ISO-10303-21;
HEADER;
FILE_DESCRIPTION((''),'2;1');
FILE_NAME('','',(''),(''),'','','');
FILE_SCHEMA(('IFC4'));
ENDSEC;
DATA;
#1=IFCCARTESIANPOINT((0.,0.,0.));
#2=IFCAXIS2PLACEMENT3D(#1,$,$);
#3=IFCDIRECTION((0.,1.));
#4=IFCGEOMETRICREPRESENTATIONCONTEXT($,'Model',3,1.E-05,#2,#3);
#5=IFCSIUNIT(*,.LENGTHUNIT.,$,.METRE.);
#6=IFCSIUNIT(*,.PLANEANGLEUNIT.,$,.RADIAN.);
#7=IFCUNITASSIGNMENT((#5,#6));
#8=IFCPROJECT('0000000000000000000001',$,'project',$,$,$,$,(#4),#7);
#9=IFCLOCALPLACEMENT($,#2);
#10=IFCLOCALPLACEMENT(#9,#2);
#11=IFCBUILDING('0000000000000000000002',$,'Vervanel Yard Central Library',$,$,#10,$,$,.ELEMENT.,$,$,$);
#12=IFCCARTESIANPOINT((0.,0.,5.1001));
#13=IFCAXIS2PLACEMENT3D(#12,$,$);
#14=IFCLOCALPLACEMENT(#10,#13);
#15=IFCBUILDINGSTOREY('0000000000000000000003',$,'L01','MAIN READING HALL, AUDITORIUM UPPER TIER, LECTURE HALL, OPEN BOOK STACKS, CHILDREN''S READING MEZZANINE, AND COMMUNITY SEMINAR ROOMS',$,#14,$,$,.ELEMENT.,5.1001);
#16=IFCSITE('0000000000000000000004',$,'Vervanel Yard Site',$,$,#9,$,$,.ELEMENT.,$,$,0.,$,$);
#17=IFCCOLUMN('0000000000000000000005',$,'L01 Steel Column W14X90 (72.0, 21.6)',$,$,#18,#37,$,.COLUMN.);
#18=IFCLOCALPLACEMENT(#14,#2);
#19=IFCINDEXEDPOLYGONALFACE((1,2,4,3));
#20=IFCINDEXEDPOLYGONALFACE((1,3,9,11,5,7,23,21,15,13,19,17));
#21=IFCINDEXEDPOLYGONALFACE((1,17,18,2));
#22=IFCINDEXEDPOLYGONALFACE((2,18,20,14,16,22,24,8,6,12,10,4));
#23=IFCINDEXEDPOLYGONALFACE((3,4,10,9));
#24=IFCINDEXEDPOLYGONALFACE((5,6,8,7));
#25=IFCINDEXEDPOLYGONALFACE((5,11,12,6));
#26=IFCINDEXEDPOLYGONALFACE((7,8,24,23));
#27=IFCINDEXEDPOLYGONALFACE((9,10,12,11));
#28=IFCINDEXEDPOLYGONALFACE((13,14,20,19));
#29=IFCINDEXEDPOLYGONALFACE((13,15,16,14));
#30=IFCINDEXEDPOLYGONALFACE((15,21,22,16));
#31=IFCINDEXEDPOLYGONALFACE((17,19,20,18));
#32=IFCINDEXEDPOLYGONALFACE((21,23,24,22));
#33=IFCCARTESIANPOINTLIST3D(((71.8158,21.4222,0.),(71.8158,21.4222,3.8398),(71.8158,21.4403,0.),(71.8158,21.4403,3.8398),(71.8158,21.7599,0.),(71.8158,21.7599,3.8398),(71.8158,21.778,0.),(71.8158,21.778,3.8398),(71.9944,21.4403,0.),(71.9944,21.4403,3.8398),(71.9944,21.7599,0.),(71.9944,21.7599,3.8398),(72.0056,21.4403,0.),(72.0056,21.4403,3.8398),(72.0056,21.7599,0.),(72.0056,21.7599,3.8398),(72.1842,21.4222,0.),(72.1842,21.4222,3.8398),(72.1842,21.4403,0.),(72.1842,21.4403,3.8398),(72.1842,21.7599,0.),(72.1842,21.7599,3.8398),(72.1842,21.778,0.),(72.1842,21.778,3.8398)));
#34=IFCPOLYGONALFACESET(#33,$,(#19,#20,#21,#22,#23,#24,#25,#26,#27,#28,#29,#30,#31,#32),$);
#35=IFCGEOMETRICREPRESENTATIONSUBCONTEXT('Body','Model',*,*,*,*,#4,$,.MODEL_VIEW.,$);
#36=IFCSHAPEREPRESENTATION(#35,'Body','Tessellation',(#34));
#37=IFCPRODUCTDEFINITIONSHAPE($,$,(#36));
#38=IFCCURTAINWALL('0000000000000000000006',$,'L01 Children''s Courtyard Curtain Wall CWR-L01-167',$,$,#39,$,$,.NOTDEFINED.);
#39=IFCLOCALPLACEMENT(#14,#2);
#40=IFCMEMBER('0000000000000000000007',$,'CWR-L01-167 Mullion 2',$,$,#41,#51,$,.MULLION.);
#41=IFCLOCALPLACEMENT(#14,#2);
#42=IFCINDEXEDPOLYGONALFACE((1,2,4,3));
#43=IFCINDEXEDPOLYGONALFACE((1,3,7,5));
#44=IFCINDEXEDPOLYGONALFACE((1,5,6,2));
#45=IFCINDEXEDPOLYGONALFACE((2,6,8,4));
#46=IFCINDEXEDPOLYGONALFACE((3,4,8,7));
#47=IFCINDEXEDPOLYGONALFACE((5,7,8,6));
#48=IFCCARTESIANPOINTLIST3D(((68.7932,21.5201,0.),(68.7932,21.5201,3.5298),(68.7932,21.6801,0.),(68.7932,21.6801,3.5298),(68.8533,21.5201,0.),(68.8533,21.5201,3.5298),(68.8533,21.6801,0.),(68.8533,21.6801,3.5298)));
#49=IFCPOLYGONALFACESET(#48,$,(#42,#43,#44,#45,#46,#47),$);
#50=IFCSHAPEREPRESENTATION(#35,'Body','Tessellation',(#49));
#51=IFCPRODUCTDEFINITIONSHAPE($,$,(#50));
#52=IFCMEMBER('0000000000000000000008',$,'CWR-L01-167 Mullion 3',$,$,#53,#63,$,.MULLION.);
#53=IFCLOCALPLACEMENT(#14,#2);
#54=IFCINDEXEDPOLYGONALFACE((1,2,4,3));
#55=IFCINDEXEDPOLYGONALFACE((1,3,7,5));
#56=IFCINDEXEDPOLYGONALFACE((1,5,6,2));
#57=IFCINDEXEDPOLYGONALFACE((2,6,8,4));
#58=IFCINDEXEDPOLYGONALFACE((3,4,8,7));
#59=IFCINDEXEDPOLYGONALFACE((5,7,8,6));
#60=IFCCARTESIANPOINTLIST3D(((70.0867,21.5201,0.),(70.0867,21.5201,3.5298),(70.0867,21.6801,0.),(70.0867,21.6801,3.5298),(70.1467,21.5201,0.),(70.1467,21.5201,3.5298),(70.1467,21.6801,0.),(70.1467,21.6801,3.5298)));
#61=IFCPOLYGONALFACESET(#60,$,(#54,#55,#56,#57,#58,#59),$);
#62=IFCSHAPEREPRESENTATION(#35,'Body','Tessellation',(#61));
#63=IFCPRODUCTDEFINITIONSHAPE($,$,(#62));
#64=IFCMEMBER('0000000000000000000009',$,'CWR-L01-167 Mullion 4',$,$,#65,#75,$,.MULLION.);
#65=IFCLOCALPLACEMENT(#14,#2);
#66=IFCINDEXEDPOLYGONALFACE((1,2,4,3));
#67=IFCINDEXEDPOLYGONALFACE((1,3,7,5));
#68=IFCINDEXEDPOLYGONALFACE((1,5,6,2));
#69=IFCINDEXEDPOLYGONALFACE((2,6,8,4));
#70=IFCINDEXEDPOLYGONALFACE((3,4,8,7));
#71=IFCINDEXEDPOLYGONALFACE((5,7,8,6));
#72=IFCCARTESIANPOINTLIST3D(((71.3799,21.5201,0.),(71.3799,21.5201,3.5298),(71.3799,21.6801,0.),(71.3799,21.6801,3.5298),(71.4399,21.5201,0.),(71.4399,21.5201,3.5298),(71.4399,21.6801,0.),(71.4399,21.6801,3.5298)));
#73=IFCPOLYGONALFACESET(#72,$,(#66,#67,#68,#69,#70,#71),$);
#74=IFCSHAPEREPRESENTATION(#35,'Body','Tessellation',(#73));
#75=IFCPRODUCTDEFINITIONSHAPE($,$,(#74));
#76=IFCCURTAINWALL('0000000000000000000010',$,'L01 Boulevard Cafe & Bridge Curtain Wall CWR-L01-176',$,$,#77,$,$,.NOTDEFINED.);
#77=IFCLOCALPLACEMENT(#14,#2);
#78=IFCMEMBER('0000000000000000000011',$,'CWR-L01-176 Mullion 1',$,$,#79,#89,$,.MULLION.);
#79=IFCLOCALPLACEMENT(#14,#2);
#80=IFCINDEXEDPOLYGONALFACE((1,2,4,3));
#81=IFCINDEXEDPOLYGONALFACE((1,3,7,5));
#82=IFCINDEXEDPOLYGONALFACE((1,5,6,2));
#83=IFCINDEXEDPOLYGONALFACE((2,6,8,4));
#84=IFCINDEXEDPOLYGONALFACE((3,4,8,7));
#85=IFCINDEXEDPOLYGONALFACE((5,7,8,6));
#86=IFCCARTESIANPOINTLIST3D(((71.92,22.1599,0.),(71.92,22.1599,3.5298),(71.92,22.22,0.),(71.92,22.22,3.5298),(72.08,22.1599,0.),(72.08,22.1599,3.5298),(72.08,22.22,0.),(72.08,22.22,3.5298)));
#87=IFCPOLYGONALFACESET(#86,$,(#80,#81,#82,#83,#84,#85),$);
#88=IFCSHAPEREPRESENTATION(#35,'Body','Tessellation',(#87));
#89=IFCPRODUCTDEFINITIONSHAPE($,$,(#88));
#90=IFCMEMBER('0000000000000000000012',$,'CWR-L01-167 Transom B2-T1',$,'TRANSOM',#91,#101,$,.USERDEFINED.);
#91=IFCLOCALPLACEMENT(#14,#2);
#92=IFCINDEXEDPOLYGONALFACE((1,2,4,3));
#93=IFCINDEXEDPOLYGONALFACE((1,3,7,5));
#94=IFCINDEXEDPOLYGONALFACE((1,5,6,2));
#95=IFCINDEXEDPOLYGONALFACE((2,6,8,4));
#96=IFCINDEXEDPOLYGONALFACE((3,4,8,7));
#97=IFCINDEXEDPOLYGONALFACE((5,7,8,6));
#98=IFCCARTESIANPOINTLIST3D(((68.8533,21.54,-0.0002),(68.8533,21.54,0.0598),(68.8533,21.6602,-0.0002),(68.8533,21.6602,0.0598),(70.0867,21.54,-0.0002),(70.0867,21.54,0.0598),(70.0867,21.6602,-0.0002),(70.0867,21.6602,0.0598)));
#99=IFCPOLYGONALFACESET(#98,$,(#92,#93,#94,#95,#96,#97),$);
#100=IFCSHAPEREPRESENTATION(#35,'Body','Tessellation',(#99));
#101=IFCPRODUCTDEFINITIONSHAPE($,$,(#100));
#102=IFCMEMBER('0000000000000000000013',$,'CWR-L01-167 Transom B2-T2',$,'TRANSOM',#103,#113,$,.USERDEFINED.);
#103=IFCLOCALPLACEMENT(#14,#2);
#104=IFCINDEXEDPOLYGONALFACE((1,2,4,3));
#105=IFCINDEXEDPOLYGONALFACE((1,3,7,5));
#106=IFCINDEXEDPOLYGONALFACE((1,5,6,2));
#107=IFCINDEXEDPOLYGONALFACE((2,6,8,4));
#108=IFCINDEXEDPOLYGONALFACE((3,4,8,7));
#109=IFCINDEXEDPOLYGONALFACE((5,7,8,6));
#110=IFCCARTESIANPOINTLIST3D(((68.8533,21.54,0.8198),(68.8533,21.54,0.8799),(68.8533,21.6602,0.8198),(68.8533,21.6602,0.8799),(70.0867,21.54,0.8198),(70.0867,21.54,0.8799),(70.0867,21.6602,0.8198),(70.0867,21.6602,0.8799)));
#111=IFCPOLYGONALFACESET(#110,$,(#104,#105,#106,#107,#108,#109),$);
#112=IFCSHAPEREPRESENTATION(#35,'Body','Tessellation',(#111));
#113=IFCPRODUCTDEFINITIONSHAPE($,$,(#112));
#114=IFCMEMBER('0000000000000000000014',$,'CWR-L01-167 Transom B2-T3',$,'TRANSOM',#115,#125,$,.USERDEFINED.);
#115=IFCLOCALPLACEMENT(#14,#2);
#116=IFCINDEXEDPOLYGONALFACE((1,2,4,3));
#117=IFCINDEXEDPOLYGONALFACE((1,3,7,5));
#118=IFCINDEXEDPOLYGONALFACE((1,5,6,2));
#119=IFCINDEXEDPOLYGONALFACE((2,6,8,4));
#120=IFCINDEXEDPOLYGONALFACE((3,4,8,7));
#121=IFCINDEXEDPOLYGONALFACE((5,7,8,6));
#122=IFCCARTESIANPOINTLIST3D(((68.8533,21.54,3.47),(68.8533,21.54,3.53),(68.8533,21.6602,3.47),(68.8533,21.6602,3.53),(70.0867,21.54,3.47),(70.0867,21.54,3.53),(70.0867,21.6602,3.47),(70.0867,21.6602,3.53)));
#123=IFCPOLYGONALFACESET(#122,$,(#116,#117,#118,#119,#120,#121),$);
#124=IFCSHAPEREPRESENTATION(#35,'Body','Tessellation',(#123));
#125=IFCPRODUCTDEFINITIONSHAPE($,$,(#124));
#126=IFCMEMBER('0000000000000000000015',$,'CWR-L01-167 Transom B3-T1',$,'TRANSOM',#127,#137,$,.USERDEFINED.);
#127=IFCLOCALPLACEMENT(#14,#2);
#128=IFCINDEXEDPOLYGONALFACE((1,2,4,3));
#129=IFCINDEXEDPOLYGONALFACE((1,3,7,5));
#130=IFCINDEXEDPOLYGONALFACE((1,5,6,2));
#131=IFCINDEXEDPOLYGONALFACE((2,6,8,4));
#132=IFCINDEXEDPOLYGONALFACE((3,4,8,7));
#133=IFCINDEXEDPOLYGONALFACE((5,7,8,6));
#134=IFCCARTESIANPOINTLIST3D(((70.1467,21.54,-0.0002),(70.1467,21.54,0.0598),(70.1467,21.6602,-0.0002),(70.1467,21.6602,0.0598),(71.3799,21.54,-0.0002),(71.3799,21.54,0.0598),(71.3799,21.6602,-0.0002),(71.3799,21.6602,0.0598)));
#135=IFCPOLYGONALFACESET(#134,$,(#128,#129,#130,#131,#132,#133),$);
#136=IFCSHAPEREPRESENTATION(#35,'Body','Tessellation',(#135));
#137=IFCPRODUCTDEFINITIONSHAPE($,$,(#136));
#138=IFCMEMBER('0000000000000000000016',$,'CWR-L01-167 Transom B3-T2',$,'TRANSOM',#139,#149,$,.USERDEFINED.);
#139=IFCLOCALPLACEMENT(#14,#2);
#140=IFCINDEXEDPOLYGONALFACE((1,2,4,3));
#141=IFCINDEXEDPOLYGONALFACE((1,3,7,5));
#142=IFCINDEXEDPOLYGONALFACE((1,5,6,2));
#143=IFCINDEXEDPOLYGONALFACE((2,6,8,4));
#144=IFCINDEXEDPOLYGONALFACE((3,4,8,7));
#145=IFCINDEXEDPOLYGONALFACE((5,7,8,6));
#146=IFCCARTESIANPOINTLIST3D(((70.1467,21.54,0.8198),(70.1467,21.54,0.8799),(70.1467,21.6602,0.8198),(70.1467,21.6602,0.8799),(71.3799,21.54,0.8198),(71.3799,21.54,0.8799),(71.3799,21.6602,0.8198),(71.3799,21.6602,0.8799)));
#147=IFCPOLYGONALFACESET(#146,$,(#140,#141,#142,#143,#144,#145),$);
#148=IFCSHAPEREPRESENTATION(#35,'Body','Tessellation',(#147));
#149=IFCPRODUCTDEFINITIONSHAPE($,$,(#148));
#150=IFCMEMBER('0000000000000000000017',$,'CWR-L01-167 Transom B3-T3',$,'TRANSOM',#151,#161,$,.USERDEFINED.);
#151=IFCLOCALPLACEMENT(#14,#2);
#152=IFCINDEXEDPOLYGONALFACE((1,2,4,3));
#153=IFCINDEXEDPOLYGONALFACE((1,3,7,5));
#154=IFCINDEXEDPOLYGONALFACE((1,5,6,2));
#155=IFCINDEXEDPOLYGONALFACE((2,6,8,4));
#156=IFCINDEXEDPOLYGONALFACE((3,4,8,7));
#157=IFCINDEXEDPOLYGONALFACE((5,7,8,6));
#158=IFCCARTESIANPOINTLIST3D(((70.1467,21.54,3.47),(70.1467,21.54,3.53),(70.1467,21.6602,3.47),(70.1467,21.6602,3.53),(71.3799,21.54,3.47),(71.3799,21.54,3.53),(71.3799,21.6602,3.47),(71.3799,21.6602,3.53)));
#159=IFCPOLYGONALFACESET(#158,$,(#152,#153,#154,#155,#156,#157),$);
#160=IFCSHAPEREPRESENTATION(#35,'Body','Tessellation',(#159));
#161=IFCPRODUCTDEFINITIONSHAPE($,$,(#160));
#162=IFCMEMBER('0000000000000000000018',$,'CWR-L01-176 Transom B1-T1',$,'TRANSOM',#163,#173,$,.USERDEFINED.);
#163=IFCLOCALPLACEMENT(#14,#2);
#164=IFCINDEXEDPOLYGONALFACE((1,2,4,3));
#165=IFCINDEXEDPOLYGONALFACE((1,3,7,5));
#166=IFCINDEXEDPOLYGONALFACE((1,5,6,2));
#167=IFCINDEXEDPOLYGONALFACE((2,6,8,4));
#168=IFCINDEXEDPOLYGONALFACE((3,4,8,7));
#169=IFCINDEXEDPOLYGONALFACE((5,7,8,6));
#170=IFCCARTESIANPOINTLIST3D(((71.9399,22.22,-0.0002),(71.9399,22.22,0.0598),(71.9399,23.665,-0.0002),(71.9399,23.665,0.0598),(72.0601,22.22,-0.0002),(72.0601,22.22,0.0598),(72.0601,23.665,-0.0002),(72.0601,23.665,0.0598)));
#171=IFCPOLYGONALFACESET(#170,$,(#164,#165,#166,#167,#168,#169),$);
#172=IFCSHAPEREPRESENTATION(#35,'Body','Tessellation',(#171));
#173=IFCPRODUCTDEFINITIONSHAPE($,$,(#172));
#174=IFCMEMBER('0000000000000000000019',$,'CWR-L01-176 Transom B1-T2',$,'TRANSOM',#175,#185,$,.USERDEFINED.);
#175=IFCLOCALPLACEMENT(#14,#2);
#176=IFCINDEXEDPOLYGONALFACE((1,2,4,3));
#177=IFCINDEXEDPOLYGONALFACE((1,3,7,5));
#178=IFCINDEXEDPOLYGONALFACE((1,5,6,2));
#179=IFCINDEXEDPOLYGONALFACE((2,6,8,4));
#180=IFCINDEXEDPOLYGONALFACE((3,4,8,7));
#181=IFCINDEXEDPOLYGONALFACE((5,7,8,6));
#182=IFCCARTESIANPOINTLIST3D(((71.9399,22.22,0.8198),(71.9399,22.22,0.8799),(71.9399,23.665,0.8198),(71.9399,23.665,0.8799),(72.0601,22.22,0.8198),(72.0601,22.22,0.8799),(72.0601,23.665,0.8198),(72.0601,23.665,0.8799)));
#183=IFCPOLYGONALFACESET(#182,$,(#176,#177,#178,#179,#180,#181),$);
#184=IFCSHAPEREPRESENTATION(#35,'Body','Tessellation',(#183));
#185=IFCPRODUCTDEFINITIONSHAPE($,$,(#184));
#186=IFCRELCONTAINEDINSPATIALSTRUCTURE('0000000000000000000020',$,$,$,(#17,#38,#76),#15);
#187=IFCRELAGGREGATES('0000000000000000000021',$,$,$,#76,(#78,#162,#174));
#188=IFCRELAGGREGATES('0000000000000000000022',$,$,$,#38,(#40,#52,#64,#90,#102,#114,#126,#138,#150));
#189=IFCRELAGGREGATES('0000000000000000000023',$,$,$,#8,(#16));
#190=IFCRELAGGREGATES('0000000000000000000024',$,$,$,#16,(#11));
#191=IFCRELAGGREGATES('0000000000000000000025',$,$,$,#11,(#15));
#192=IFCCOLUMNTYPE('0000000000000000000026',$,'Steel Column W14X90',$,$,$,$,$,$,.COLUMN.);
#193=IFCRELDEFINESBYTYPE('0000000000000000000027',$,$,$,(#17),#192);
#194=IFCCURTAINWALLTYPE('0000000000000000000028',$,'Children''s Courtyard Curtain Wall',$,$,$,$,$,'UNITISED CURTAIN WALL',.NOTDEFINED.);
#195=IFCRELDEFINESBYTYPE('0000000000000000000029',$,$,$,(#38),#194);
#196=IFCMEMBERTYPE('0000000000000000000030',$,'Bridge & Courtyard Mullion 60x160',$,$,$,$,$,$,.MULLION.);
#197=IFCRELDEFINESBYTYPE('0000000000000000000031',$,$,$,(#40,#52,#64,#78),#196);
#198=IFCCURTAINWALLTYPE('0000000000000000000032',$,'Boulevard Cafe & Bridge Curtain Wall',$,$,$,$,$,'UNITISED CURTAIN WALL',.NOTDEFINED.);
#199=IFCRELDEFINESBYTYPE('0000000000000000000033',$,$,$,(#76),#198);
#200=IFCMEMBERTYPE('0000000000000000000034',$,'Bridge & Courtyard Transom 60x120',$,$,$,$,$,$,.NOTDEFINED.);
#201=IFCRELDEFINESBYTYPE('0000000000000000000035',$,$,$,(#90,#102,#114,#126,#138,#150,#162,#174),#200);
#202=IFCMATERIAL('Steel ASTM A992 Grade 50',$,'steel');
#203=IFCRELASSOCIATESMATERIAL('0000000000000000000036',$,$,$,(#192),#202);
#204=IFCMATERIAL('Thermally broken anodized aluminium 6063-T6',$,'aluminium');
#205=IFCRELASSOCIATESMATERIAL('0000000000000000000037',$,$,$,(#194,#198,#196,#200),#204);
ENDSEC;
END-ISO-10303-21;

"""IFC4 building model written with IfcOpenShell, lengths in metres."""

from ifc_helpers import new_model, si_unit, direction, frame, origin, origin_2d, place, context, subcontext, project, spatial, rectangle, i_section, extrude, material, material_profile, profile_set, type_object, element, aggregate, save


model = new_model("IFC4")

# Units and contexts
model_context = context("Model", 3, precision=1e-05, world=origin(), true_north=direction((0.0, 1.0)))
body_context = subcontext(model_context, "Body", "Model", "MODEL_VIEW")
ifc_project = project(units=[si_unit("LENGTHUNIT", "METRE"), si_unit("PLANEANGLEUNIT", "RADIAN")], contexts=[model_context])

# Site, building, storey
site_placement = place(None, origin())
site = spatial("IfcSite", under=ifc_project, at=site_placement, Name="Vervanel Yard Site", CompositionType="ELEMENT", RefElevation=0.0)
building_placement = place(site_placement, origin())
building = spatial("IfcBuilding", under=site, at=building_placement, Name="Vervanel Yard Central Library", CompositionType="ELEMENT")
storey_placement = place(building_placement, frame((0.0, 0.0, 5.1001)))
storey = spatial("IfcBuildingStorey", under=building, at=storey_placement, Name="L01", Description="MAIN READING HALL, AUDITORIUM UPPER TIER, LECTURE HALL, OPEN BOOK STACKS, CHILDREN'S READING MEZZANINE, AND COMMUNITY SEMINAR ROOMS", CompositionType="ELEMENT", Elevation=5.1001)

# Column
ifc_material_1 = material(Name="Steel ASTM A992 Grade 50", Category="steel")
ifc_material_profile_1 = material_profile(ifc_material_1, i_section(OverallWidth=0.3684, OverallDepth=0.3557, WebThickness=0.0112, FlangeThickness=0.0181, at=origin_2d()), Name="W14X90", Category="steel")
ifc_profile_set_1 = profile_set([ifc_material_profile_1], Name="Steel ASTM A992 Grade 50")
column_type = type_object("IfcColumnType", Name="Steel Column W14X90", PredefinedType="COLUMN", material=ifc_profile_set_1)
column_placement = place(storey_placement, frame((72.0, 21.6001, 0.0), z_axis=(0.0, 0.0, 1.0), x_axis=(1.0, 0.0, 0.0)))
element("IfcColumn", 1, at=column_placement, inside=storey, type_object=column_type, Name="L01 Steel Column W14X90 (72.0, 21.6)", PredefinedType="COLUMN", context=body_context, shape_type="SweptSolid", body=[
    extrude(i_section(OverallWidth=0.3684, OverallDepth=0.3557, WebThickness=0.0112, FlangeThickness=0.0181, at=origin_2d()), origin(), (0.0, 0.0, 1.0), 3.8398),
])

# Curtain wall, members
ifc_material_2 = material(Name="Thermally broken anodized aluminium 6063-T6", Category="aluminium")
curtain_wall_type_1 = type_object("IfcCurtainWallType", Name="Children's Courtyard Curtain Wall", ElementType="UNITISED CURTAIN WALL", PredefinedType="NOTDEFINED", material=ifc_material_2)
curtain_wall_1_placement = place(storey_placement, origin())
curtain_wall_1 = element("IfcCurtainWall", 2, at=curtain_wall_1_placement, inside=storey, type_object=curtain_wall_type_1, Name="L01 Children's Courtyard Curtain Wall CWR-L01-167", PredefinedType="NOTDEFINED")
ifc_material_profile_2 = material_profile(ifc_material_2, rectangle(XDim=0.0601, YDim=0.1599, at=origin_2d()), Name="ALU 60x160", Category="aluminium")
ifc_profile_set_2 = profile_set([ifc_material_profile_2], Name="Thermally broken anodized aluminium 6063-T6")
member_type_1 = type_object("IfcMemberType", Name="Bridge & Courtyard Mullion 60x160", PredefinedType="MULLION", material=ifc_profile_set_2)
member_1_placement = place(storey_placement, frame((68.8232, 21.6001, 0.0), z_axis=(0.0, 0.0, 1.0), x_axis=(1.0, 0.0, 0.0)))
member_1 = element("IfcMember", 3, at=member_1_placement, type_object=member_type_1, Name="CWR-L01-167 Mullion 2", PredefinedType="MULLION", context=body_context, shape_type="SweptSolid", body=[
    extrude(rectangle(XDim=0.0601, YDim=0.1599, at=origin_2d()), origin(), (0.0, 0.0, 1.0), 3.5298),
])
member_2_placement = place(storey_placement, frame((70.1167, 21.6001, 0.0), z_axis=(0.0, 0.0, 1.0), x_axis=(1.0, 0.0, 0.0)))
member_2 = element("IfcMember", 4, at=member_2_placement, type_object=member_type_1, Name="CWR-L01-167 Mullion 3", PredefinedType="MULLION", context=body_context, shape_type="SweptSolid", body=[
    extrude(rectangle(XDim=0.0601, YDim=0.1599, at=origin_2d()), origin(), (0.0, 0.0, 1.0), 3.5298),
])
member_3_placement = place(storey_placement, frame((71.4099, 21.6001, 0.0), z_axis=(0.0, 0.0, 1.0), x_axis=(1.0, 0.0, 0.0)))
member_3 = element("IfcMember", 5, at=member_3_placement, type_object=member_type_1, Name="CWR-L01-167 Mullion 4", PredefinedType="MULLION", context=body_context, shape_type="SweptSolid", body=[
    extrude(rectangle(XDim=0.0601, YDim=0.1599, at=origin_2d()), origin(), (0.0, 0.0, 1.0), 3.5298),
])

# Curtain wall, member
curtain_wall_type_2 = type_object("IfcCurtainWallType", Name="Boulevard Cafe & Bridge Curtain Wall", ElementType="UNITISED CURTAIN WALL", PredefinedType="NOTDEFINED", material=ifc_material_2)
curtain_wall_2_placement = place(storey_placement, origin())
curtain_wall_2 = element("IfcCurtainWall", 6, at=curtain_wall_2_placement, inside=storey, type_object=curtain_wall_type_2, Name="L01 Boulevard Cafe & Bridge Curtain Wall CWR-L01-176", PredefinedType="NOTDEFINED")
member_4_placement = place(storey_placement, frame((72.0, 22.1899, 0.0), z_axis=(0.0, 0.0, 1.0), x_axis=(0.0, 1.0, 0.0)))
member_4 = element("IfcMember", 7, at=member_4_placement, type_object=member_type_1, Name="CWR-L01-176 Mullion 1", PredefinedType="MULLION", context=body_context, shape_type="SweptSolid", body=[
    extrude(rectangle(XDim=0.0601, YDim=0.1599, at=origin_2d()), origin(), (0.0, 0.0, 1.0), 3.5298),
])

# Members
ifc_material_profile_3 = material_profile(ifc_material_2, rectangle(XDim=0.0601, YDim=0.1201, at=origin_2d()), Name="ALU 60x120", Category="aluminium")
ifc_profile_set_3 = profile_set([ifc_material_profile_3], Name="Thermally broken anodized aluminium 6063-T6")
member_type_2 = type_object("IfcMemberType", Name="Bridge & Courtyard Transom 60x120", PredefinedType="NOTDEFINED", material=ifc_profile_set_3)
member_5_placement = place(storey_placement, frame((68.8533, 21.6001, 0.0298), z_axis=(1.0, 0.0, 0.0), x_axis=(0.0, 0.0, 1.0)))
member_5 = element("IfcMember", 8, at=member_5_placement, type_object=member_type_2, Name="CWR-L01-167 Transom B2-T1", ObjectType="TRANSOM", PredefinedType="USERDEFINED", context=body_context, shape_type="SweptSolid", body=[
    extrude(rectangle(XDim=0.0601, YDim=0.1201, at=origin_2d()), origin(), (0.0, 0.0, 1.0), 1.2334),
])
member_6_placement = place(storey_placement, frame((68.8533, 21.6001, 0.8499), z_axis=(1.0, 0.0, 0.0), x_axis=(0.0, 0.0, 1.0)))
member_6 = element("IfcMember", 9, at=member_6_placement, type_object=member_type_2, Name="CWR-L01-167 Transom B2-T2", ObjectType="TRANSOM", PredefinedType="USERDEFINED", context=body_context, shape_type="SweptSolid", body=[
    extrude(rectangle(XDim=0.0601, YDim=0.1201, at=origin_2d()), origin(), (0.0, 0.0, 1.0), 1.2334),
])
member_7_placement = place(storey_placement, frame((68.8533, 21.6001, 3.5), z_axis=(1.0, 0.0, 0.0), x_axis=(0.0, 0.0, 1.0)))
member_7 = element("IfcMember", 10, at=member_7_placement, type_object=member_type_2, Name="CWR-L01-167 Transom B2-T3", ObjectType="TRANSOM", PredefinedType="USERDEFINED", context=body_context, shape_type="SweptSolid", body=[
    extrude(rectangle(XDim=0.0601, YDim=0.1201, at=origin_2d()), origin(), (0.0, 0.0, 1.0), 1.2334),
])
member_8_placement = place(storey_placement, frame((70.1467, 21.6001, 0.0298), z_axis=(1.0, 0.0, 0.0), x_axis=(0.0, 0.0, 1.0)))
member_8 = element("IfcMember", 11, at=member_8_placement, type_object=member_type_2, Name="CWR-L01-167 Transom B3-T1", ObjectType="TRANSOM", PredefinedType="USERDEFINED", context=body_context, shape_type="SweptSolid", body=[
    extrude(rectangle(XDim=0.0601, YDim=0.1201, at=origin_2d()), origin(), (0.0, 0.0, 1.0), 1.2332),
])
member_9_placement = place(storey_placement, frame((70.1467, 21.6001, 0.8499), z_axis=(1.0, 0.0, 0.0), x_axis=(0.0, 0.0, 1.0)))
member_9 = element("IfcMember", 12, at=member_9_placement, type_object=member_type_2, Name="CWR-L01-167 Transom B3-T2", ObjectType="TRANSOM", PredefinedType="USERDEFINED", context=body_context, shape_type="SweptSolid", body=[
    extrude(rectangle(XDim=0.0601, YDim=0.1201, at=origin_2d()), origin(), (0.0, 0.0, 1.0), 1.2332),
])
member_10_placement = place(storey_placement, frame((70.1467, 21.6001, 3.5), z_axis=(1.0, 0.0, 0.0), x_axis=(0.0, 0.0, 1.0)))
member_10 = element("IfcMember", 13, at=member_10_placement, type_object=member_type_2, Name="CWR-L01-167 Transom B3-T3", ObjectType="TRANSOM", PredefinedType="USERDEFINED", context=body_context, shape_type="SweptSolid", body=[
    extrude(rectangle(XDim=0.0601, YDim=0.1201, at=origin_2d()), origin(), (0.0, 0.0, 1.0), 1.2332),
])
member_11_placement = place(storey_placement, frame((72.0, 22.22, 0.0298), z_axis=(0.0, 1.0, 0.0), x_axis=(0.0, 0.0, 1.0)))
member_11 = element("IfcMember", 14, at=member_11_placement, type_object=member_type_2, Name="CWR-L01-176 Transom B1-T1", ObjectType="TRANSOM", PredefinedType="USERDEFINED", context=body_context, shape_type="SweptSolid", body=[
    extrude(rectangle(XDim=0.0601, YDim=0.1201, at=origin_2d()), origin(), (0.0, 0.0, 1.0), 1.4451),
])
member_12_placement = place(storey_placement, frame((72.0, 22.22, 0.8499), z_axis=(0.0, 1.0, 0.0), x_axis=(0.0, 0.0, 1.0)))
member_12 = element("IfcMember", 15, at=member_12_placement, type_object=member_type_2, Name="CWR-L01-176 Transom B1-T2", ObjectType="TRANSOM", PredefinedType="USERDEFINED", context=body_context, shape_type="SweptSolid", body=[
    extrude(rectangle(XDim=0.0601, YDim=0.1201, at=origin_2d()), origin(), (0.0, 0.0, 1.0), 1.4451),
])
aggregate(curtain_wall_2, [member_4, member_11, member_12])

aggregate(curtain_wall_1, [member_1, member_2, member_3, member_5, member_6, member_7, member_8, member_9, member_10])

save(model, "model.ifc")
